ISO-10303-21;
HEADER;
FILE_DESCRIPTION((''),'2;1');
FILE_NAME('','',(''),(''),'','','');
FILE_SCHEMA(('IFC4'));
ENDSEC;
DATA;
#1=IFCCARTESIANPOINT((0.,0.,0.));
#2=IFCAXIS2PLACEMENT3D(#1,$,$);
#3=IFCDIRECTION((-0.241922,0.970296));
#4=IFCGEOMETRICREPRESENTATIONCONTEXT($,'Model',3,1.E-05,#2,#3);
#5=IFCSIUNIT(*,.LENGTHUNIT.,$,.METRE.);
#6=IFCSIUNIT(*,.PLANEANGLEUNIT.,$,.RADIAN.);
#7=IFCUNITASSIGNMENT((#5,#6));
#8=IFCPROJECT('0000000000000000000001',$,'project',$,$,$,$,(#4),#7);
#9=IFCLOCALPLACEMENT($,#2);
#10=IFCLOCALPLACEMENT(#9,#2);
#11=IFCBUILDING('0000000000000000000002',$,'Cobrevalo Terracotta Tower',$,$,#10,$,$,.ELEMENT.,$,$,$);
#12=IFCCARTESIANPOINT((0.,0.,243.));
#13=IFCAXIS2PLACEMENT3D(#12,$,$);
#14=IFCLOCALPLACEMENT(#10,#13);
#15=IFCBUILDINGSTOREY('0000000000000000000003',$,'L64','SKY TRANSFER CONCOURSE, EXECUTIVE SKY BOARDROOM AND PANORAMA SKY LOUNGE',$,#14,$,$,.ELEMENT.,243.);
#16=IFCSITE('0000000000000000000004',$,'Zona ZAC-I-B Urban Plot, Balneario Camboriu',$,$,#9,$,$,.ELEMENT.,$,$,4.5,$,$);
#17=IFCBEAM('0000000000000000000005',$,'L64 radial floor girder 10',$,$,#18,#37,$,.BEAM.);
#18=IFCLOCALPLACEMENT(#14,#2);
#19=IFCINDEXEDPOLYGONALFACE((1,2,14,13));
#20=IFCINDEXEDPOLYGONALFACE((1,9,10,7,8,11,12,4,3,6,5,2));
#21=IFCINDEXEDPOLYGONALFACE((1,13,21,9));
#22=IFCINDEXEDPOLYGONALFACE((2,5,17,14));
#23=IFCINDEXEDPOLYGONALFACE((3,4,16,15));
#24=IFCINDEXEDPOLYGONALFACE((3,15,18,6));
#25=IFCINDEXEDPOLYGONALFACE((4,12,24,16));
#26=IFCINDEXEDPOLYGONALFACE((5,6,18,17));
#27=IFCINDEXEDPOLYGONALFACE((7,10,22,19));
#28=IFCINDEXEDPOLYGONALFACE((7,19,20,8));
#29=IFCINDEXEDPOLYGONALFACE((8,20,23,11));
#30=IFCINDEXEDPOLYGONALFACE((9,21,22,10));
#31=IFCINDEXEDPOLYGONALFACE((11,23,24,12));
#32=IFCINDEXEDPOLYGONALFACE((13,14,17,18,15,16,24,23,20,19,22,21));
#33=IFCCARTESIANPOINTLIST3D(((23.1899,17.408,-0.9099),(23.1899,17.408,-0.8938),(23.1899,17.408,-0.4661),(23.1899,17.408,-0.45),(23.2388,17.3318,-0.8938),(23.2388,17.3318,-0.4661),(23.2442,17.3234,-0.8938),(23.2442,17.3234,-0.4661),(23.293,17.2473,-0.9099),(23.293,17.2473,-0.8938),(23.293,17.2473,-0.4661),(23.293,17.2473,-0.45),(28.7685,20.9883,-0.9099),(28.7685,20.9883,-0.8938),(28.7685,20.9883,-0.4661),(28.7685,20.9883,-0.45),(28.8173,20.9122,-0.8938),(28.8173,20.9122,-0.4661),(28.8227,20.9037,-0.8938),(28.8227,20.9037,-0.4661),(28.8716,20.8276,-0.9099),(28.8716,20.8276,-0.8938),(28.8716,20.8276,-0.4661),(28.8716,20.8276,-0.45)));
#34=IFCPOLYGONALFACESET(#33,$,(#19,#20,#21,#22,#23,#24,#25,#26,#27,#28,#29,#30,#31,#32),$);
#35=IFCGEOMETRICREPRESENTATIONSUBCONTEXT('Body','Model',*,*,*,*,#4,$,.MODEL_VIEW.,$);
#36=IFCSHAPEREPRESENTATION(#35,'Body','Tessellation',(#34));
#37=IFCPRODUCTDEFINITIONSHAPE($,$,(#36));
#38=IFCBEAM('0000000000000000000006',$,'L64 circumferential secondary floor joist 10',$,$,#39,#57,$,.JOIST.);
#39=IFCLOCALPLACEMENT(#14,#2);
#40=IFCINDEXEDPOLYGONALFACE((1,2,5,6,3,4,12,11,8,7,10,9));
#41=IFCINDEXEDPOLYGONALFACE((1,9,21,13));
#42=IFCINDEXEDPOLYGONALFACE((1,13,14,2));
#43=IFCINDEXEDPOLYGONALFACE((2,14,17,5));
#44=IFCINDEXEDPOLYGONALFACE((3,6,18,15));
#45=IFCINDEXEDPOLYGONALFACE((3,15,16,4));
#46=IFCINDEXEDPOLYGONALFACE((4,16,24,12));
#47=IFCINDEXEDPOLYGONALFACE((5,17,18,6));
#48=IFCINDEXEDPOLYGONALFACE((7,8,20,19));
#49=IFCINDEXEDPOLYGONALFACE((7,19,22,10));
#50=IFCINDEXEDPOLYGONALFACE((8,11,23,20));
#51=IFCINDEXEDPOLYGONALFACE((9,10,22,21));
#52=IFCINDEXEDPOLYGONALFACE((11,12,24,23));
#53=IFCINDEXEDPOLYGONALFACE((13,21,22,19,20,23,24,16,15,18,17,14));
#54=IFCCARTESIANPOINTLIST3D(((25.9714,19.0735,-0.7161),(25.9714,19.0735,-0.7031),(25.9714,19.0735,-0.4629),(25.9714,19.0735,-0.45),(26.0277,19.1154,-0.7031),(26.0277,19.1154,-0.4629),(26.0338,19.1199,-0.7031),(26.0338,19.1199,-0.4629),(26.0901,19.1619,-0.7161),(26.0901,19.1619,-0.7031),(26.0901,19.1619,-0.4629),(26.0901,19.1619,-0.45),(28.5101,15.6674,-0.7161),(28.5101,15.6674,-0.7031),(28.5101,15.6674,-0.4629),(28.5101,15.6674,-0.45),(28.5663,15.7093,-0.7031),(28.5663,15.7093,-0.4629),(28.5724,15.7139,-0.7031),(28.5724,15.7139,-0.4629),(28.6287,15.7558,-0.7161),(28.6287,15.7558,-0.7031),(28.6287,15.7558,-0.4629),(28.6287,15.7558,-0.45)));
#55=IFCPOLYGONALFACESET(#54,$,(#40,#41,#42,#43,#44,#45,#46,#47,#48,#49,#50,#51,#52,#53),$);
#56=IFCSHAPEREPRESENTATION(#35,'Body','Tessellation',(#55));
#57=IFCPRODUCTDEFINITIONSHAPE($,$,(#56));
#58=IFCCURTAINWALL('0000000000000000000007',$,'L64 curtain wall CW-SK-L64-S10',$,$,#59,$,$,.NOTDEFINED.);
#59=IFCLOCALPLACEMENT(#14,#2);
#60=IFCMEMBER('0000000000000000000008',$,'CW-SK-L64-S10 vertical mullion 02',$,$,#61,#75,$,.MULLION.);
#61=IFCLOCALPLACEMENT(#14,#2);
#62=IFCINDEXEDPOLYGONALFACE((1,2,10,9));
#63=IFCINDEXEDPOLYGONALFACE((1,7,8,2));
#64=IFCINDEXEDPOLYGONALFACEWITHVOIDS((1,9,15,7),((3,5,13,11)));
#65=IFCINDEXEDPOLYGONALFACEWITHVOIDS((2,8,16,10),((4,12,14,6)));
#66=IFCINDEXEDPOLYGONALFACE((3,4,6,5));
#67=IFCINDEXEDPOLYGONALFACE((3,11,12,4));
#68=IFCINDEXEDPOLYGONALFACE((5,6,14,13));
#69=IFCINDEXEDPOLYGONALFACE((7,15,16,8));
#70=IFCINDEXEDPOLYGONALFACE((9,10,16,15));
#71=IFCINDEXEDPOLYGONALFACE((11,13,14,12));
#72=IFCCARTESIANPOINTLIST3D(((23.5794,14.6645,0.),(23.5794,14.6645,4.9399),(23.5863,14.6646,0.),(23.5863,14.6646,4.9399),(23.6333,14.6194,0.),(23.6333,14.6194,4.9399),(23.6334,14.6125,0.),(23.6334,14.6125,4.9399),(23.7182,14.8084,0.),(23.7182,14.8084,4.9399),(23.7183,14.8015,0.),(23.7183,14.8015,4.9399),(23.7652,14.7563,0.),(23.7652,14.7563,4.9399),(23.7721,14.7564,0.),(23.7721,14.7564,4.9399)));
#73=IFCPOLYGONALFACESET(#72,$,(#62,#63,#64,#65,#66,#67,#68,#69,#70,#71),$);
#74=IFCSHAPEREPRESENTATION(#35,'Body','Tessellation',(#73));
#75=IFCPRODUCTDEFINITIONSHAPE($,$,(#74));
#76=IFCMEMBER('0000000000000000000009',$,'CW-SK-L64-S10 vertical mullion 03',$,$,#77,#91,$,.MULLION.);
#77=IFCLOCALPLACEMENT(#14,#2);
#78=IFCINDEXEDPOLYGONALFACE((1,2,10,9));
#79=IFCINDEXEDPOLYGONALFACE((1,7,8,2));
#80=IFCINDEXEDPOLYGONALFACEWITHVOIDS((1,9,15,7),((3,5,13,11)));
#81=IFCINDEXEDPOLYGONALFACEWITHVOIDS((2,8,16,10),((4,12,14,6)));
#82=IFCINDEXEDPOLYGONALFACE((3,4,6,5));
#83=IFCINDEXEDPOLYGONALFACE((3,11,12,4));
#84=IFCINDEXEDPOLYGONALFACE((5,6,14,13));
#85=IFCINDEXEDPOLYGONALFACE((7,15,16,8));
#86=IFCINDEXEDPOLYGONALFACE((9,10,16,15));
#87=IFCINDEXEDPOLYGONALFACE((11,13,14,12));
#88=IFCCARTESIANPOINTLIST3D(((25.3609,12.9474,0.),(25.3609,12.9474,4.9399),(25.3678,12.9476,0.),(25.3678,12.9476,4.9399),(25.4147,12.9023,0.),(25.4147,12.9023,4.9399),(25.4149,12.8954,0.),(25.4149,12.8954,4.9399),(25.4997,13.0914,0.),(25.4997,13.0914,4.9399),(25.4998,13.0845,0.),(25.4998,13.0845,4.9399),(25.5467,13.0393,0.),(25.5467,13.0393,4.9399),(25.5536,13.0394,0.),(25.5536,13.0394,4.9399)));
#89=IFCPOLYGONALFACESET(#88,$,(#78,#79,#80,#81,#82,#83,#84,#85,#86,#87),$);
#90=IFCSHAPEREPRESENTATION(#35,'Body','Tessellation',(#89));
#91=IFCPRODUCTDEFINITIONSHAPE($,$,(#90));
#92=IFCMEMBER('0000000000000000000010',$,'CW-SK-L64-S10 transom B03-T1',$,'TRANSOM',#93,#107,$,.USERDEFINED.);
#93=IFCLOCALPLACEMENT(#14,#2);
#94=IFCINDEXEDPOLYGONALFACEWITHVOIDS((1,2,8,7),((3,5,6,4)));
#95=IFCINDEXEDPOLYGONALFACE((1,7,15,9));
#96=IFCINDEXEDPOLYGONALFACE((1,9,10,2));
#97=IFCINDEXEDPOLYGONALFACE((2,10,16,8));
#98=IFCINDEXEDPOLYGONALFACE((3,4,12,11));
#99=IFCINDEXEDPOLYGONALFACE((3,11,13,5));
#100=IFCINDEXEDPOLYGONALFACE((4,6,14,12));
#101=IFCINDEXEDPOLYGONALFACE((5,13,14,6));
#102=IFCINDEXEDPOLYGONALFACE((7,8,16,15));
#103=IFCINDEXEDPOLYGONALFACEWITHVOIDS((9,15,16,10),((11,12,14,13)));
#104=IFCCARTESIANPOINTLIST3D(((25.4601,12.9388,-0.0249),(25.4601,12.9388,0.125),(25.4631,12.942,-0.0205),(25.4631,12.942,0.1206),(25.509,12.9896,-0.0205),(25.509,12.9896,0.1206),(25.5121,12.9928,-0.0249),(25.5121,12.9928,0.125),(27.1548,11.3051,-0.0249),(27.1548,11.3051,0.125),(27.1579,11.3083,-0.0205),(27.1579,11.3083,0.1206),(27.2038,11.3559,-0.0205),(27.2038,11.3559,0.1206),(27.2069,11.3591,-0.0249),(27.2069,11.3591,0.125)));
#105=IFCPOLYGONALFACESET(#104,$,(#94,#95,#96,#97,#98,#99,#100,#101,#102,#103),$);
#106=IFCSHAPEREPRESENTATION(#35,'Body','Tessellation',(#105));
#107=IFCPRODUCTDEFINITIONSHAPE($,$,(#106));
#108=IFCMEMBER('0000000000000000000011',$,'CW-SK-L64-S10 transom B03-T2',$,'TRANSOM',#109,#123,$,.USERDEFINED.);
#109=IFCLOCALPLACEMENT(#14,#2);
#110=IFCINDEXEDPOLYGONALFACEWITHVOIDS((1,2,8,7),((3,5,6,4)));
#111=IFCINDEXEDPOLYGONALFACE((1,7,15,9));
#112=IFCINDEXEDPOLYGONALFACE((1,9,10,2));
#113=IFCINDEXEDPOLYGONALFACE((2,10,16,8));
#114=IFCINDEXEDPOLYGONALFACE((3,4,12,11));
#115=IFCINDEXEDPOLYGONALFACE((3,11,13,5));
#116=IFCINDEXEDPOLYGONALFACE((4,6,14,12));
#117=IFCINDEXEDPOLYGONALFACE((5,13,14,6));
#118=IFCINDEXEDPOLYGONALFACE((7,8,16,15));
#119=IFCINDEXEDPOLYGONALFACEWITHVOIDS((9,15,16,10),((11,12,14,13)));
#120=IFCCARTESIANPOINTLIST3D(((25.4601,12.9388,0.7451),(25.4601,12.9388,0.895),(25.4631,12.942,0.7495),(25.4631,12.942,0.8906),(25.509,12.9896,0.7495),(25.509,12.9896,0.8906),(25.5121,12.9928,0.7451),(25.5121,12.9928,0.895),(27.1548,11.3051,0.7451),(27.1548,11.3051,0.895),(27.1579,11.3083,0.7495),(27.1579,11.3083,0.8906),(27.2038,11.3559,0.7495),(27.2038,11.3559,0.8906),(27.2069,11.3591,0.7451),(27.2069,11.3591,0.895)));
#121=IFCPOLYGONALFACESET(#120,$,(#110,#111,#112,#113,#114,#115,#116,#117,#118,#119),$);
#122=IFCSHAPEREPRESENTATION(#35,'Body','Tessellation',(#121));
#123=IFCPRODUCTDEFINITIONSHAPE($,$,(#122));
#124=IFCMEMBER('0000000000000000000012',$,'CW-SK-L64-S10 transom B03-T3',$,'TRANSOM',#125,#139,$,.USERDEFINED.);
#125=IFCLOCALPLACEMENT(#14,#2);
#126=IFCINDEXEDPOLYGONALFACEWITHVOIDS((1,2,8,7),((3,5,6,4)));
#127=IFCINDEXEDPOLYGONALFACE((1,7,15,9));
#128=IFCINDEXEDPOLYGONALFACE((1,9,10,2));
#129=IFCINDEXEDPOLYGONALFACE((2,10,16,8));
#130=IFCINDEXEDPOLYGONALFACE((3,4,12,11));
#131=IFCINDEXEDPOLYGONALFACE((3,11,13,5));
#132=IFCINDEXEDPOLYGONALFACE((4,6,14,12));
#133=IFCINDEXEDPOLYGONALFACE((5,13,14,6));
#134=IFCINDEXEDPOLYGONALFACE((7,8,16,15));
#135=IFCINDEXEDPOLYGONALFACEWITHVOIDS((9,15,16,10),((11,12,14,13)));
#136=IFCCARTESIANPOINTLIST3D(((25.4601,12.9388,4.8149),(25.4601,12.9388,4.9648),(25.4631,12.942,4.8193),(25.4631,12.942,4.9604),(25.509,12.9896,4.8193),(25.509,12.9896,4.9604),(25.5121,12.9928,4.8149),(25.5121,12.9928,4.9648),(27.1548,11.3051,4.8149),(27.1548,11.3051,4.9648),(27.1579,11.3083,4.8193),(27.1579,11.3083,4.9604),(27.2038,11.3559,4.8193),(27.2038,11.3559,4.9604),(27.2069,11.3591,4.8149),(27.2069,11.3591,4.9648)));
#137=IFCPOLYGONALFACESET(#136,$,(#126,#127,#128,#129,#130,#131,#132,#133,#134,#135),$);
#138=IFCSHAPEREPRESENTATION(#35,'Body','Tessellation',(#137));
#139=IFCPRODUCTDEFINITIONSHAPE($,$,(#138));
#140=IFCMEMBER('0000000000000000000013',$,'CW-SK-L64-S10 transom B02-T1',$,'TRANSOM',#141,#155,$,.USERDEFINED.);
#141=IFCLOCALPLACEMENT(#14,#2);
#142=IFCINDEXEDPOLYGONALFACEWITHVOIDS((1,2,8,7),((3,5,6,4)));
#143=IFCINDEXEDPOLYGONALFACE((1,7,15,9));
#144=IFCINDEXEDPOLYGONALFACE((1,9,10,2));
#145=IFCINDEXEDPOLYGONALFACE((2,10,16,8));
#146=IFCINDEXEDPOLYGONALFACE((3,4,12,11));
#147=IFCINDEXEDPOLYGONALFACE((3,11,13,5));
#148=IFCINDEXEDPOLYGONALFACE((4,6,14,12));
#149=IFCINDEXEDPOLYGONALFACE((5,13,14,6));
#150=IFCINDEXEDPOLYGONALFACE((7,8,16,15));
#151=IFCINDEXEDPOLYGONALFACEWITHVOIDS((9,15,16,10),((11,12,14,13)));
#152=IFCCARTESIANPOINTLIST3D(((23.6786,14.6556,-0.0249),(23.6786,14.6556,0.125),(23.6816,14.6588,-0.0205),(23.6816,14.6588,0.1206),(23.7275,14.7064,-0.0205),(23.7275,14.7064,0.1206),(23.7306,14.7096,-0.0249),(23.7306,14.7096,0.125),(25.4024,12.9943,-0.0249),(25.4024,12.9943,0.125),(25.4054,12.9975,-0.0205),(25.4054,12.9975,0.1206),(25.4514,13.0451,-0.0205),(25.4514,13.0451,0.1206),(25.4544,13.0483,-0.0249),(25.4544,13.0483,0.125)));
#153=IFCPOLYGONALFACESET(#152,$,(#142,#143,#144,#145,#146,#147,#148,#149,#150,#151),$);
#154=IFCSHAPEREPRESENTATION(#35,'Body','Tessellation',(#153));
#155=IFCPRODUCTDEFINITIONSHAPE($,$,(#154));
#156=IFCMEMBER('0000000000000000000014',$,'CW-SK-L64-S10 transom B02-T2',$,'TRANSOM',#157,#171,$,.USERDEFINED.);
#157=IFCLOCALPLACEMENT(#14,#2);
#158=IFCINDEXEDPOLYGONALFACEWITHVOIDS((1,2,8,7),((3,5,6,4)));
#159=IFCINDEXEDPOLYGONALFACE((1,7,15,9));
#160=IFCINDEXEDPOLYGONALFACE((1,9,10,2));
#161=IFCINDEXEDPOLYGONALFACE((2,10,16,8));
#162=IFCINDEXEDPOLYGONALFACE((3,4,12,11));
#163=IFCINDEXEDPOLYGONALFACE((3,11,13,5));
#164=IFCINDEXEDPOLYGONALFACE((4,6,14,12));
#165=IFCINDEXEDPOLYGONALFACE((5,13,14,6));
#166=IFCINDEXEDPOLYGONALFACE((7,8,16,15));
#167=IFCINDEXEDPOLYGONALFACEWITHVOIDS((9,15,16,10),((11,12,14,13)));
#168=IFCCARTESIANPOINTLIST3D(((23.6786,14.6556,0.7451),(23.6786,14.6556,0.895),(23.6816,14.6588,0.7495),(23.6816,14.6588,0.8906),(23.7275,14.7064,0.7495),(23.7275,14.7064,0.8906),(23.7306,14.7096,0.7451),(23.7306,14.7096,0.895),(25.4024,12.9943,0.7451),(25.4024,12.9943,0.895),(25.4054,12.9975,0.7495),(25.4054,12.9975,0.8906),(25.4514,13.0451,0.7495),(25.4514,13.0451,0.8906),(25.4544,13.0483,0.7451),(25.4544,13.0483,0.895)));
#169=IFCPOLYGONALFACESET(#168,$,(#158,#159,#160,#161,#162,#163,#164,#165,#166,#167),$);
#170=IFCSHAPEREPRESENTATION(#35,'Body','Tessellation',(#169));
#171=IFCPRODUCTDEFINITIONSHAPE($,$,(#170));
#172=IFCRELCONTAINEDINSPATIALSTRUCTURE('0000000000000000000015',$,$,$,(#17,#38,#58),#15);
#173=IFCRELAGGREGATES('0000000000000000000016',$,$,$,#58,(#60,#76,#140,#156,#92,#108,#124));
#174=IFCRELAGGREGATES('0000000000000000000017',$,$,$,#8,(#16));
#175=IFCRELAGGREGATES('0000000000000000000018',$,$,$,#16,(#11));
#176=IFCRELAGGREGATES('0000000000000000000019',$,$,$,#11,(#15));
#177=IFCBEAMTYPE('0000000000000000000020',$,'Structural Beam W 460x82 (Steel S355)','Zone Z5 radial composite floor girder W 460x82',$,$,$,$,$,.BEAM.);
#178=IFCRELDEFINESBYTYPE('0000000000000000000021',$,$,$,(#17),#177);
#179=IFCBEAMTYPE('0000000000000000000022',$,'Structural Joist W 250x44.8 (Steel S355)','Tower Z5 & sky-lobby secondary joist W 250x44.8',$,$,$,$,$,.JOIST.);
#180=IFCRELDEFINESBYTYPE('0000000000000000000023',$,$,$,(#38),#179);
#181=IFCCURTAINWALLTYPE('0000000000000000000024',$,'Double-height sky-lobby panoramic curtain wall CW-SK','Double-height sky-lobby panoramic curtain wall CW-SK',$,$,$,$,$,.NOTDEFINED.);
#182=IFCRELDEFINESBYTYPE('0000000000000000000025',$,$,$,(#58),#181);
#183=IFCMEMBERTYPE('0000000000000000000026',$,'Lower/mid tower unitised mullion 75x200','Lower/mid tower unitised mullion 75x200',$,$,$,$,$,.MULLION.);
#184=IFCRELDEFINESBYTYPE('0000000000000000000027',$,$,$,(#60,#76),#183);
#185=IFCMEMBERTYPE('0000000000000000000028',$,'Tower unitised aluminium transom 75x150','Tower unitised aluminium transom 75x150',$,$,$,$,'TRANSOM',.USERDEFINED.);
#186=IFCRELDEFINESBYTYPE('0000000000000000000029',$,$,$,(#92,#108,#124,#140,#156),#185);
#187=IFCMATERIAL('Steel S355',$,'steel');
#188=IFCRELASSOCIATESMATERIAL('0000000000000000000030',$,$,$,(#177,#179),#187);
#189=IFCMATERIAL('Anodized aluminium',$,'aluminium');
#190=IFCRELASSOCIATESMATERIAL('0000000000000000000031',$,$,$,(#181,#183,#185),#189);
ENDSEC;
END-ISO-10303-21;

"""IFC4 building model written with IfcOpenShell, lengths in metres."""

from ifc_helpers import new_model, si_unit, direction, frame, origin, origin_2d, place, context, subcontext, project, spatial, hollow_rectangle, i_section, extrude, source, transform, mapped, material, material_profile, profile_set, type_object, element, aggregate, save


model = new_model("IFC4")

# Units and contexts
model_context = context("Model", 3, precision=1e-05, world=origin(), true_north=direction((-0.241922, 0.970296)))
body_context = subcontext(model_context, "Body", "Model", "MODEL_VIEW")
ifc_project = project(units=[si_unit("LENGTHUNIT", "METRE"), si_unit("PLANEANGLEUNIT", "RADIAN")], contexts=[model_context])

# Site, building, storey
site_placement = place(None, origin())
site = spatial("IfcSite", under=ifc_project, at=site_placement, Name="Zona ZAC-I-B Urban Plot, Balneario Camboriu", CompositionType="ELEMENT", RefElevation=4.5)
building_placement = place(site_placement, origin())
building = spatial("IfcBuilding", under=site, at=building_placement, Name="Cobrevalo Terracotta Tower", CompositionType="ELEMENT")
storey_placement = place(building_placement, frame((0.0, 0.0, 243.0)))
storey = spatial("IfcBuildingStorey", under=building, at=storey_placement, Name="L64", Description="SKY TRANSFER CONCOURSE, EXECUTIVE SKY BOARDROOM AND PANORAMA SKY LOUNGE", CompositionType="ELEMENT", Elevation=243.0)

# Beams
ifc_material_1 = material(Name="Steel S355", Category="steel")
ifc_material_profile_1 = material_profile(ifc_material_1, i_section(OverallWidth=0.1909, OverallDepth=0.46, WebThickness=0.01, FlangeThickness=0.0161, at=origin_2d()), Name="W 460x82")
ifc_profile_set_1 = profile_set([ifc_material_profile_1], Name="Steel S355")
beam_type_1 = type_object("IfcBeamType", Name="Structural Beam W 460x82 (Steel S355)", Description="Zone Z5 radial composite floor girder W 460x82", PredefinedType="BEAM", material=ifc_profile_set_1)
beam_1_placement = place(storey_placement, frame((23.2415, 17.3276, -0.6799), z_axis=(0.841585, 0.540125, 0.0), x_axis=(-0.540125, 0.841585, 0.0)))
element("IfcBeam", 1, at=beam_1_placement, inside=storey, type_object=beam_type_1, Name="L64 radial floor girder 10", PredefinedType="BEAM", context=body_context, shape_type="SweptSolid", body=[
    extrude(i_section(OverallWidth=0.1909, OverallDepth=0.46, WebThickness=0.01, FlangeThickness=0.0161, at=origin_2d()), origin(), (0.0, 0.0, 1.0), 6.6287),
])
ifc_material_profile_2 = material_profile(ifc_material_1, i_section(OverallWidth=0.1479, OverallDepth=0.2661, WebThickness=0.0076, FlangeThickness=0.0129, at=origin_2d()), Name="W 250x44.8")
ifc_profile_set_2 = profile_set([ifc_material_profile_2], Name="Steel S355")
beam_type_2 = type_object("IfcBeamType", Name="Structural Joist W 250x44.8 (Steel S355)", Description="Tower Z5 & sky-lobby secondary joist W 250x44.8", PredefinedType="JOIST", material=ifc_profile_set_2)
beam_2_placement = place(storey_placement, frame((26.0308, 19.1177, -0.583), z_axis=(0.597597, -0.801796, 0.0), x_axis=(0.801796, 0.597597, 0.0)))
element("IfcBeam", 2, at=beam_2_placement, inside=storey, type_object=beam_type_2, Name="L64 circumferential secondary floor joist 10", PredefinedType="JOIST", context=body_context, shape_type="SweptSolid", body=[
    extrude(i_section(OverallWidth=0.1479, OverallDepth=0.2661, WebThickness=0.0076, FlangeThickness=0.0129, at=origin_2d()), origin(), (0.0, 0.0, 1.0), 4.248),
])

# Curtain wall, members
ifc_material_2 = material(Name="Anodized aluminium", Category="aluminium")
curtain_wall_type = type_object("IfcCurtainWallType", Name="Double-height sky-lobby panoramic curtain wall CW-SK", Description="Double-height sky-lobby panoramic curtain wall CW-SK", PredefinedType="NOTDEFINED", material=ifc_material_2)
curtain_wall_placement = place(storey_placement, origin())
curtain_wall = element("IfcCurtainWall", 3, at=curtain_wall_placement, inside=storey, type_object=curtain_wall_type, Name="L64 curtain wall CW-SK-L64-S10", PredefinedType="NOTDEFINED")
ifc_material_profile_3 = material_profile(ifc_material_2, hollow_rectangle(XDim=0.075, YDim=0.2, WallThickness=0.0049, at=origin_2d()), Name="CWM 75x200")
ifc_profile_set_3 = profile_set([ifc_material_profile_3], Name="Anodized aluminium")
member_type_1 = type_object("IfcMemberType", Name="Lower/mid tower unitised mullion 75x200", Description="Lower/mid tower unitised mullion 75x200", PredefinedType="MULLION", material=ifc_profile_set_3)
shared_shape_1 = source(origin(), body_context, "Body", "SweptSolid", [
    extrude(hollow_rectangle(XDim=0.075, YDim=0.2, WallThickness=0.0049, at=origin_2d()), origin(), (0.0, 0.0, 1.0), 4.9399),
])
member_1_placement = place(storey_placement, frame((23.6758, 14.7104, 0.0), z_axis=(0.0, 0.0, 1.0), x_axis=(0.719994, -0.69398, 0.0)))
member_1 = element("IfcMember", 4, at=member_1_placement, type_object=member_type_1, Name="CW-SK-L64-S10 vertical mullion 02", PredefinedType="MULLION", context=body_context, shape_type="MappedRepresentation", body=[
    mapped(shared_shape_1, transform((0.0, 0.0, 0.0), scale=1.0)),
])
member_2_placement = place(storey_placement, frame((25.4573, 12.9934, 0.0), z_axis=(0.0, 0.0, 1.0), x_axis=(0.719994, -0.69398, 0.0)))
member_2 = element("IfcMember", 5, at=member_2_placement, type_object=member_type_1, Name="CW-SK-L64-S10 vertical mullion 03", PredefinedType="MULLION", context=body_context, shape_type="MappedRepresentation", body=[
    mapped(shared_shape_1, transform((0.0, 0.0, 0.0), scale=1.0)),
])
ifc_material_profile_4 = material_profile(ifc_material_2, hollow_rectangle(XDim=0.075, YDim=0.1499, WallThickness=0.0044, at=origin_2d()), Name="CWT 75x150")
ifc_profile_set_4 = profile_set([ifc_material_profile_4], Name="Anodized aluminium")
member_type_2 = type_object("IfcMemberType", Name="Tower unitised aluminium transom 75x150", Description="Tower unitised aluminium transom 75x150", ElementType="TRANSOM", PredefinedType="USERDEFINED", material=ifc_profile_set_4)
shared_shape_2 = source(origin(), body_context, "Body", "SweptSolid", [
    extrude(hollow_rectangle(XDim=0.075, YDim=0.1499, WallThickness=0.0044, at=origin_2d()), origin(), (0.0, 0.0, 1.0), 2.354),
])
member_3_placement = place(storey_placement, frame((25.4861, 12.9658, 0.05), z_axis=(0.719952, -0.694024, 0.0), x_axis=(0.694024, 0.719952, 0.0)))
member_3 = element("IfcMember", 6, at=member_3_placement, type_object=member_type_2, Name="CW-SK-L64-S10 transom B03-T1", ObjectType="TRANSOM", PredefinedType="USERDEFINED", context=body_context, shape_type="MappedRepresentation", body=[
    mapped(shared_shape_2, transform((0.0, 0.0, 0.0), scale=1.0)),
])
member_4_placement = place(storey_placement, frame((25.4861, 12.9658, 0.8201), z_axis=(0.719952, -0.694024, 0.0), x_axis=(0.694024, 0.719952, 0.0)))
member_4 = element("IfcMember", 7, at=member_4_placement, type_object=member_type_2, Name="CW-SK-L64-S10 transom B03-T2", ObjectType="TRANSOM", PredefinedType="USERDEFINED", context=body_context, shape_type="MappedRepresentation", body=[
    mapped(shared_shape_2, transform((0.0, 0.0, 0.0), scale=1.0)),
])
member_5_placement = place(storey_placement, frame((25.4861, 12.9658, 4.8899), z_axis=(0.719952, -0.694024, 0.0), x_axis=(0.694024, 0.719952, 0.0)))
member_5 = element("IfcMember", 8, at=member_5_placement, type_object=member_type_2, Name="CW-SK-L64-S10 transom B03-T3", ObjectType="TRANSOM", PredefinedType="USERDEFINED", context=body_context, shape_type="MappedRepresentation", body=[
    mapped(shared_shape_2, transform((0.0, 0.0, 0.0), scale=1.0)),
])
shared_shape_3 = source(origin(), body_context, "Body", "SweptSolid", [
    extrude(hollow_rectangle(XDim=0.075, YDim=0.1499, WallThickness=0.0044, at=origin_2d()), origin(), (0.0, 0.0, 1.0), 2.394),
])
member_6_placement = place(storey_placement, frame((23.7046, 14.6826, 0.05), z_axis=(0.720039, -0.693934, 0.0), x_axis=(0.693934, 0.720039, 0.0)))
member_6 = element("IfcMember", 9, at=member_6_placement, type_object=member_type_2, Name="CW-SK-L64-S10 transom B02-T1", ObjectType="TRANSOM", PredefinedType="USERDEFINED", context=body_context, shape_type="MappedRepresentation", body=[
    mapped(shared_shape_3, transform((0.0, 0.0, 0.0), scale=1.0)),
])
member_7_placement = place(storey_placement, frame((23.7046, 14.6826, 0.8201), z_axis=(0.720039, -0.693934, 0.0), x_axis=(0.693934, 0.720039, 0.0)))
member_7 = element("IfcMember", 10, at=member_7_placement, type_object=member_type_2, Name="CW-SK-L64-S10 transom B02-T2", ObjectType="TRANSOM", PredefinedType="USERDEFINED", context=body_context, shape_type="MappedRepresentation", body=[
    mapped(shared_shape_3, transform((0.0, 0.0, 0.0), scale=1.0)),
])
aggregate(curtain_wall, [member_1, member_2, member_6, member_7, member_3, member_4, member_5])

save(model, "model.ifc")
